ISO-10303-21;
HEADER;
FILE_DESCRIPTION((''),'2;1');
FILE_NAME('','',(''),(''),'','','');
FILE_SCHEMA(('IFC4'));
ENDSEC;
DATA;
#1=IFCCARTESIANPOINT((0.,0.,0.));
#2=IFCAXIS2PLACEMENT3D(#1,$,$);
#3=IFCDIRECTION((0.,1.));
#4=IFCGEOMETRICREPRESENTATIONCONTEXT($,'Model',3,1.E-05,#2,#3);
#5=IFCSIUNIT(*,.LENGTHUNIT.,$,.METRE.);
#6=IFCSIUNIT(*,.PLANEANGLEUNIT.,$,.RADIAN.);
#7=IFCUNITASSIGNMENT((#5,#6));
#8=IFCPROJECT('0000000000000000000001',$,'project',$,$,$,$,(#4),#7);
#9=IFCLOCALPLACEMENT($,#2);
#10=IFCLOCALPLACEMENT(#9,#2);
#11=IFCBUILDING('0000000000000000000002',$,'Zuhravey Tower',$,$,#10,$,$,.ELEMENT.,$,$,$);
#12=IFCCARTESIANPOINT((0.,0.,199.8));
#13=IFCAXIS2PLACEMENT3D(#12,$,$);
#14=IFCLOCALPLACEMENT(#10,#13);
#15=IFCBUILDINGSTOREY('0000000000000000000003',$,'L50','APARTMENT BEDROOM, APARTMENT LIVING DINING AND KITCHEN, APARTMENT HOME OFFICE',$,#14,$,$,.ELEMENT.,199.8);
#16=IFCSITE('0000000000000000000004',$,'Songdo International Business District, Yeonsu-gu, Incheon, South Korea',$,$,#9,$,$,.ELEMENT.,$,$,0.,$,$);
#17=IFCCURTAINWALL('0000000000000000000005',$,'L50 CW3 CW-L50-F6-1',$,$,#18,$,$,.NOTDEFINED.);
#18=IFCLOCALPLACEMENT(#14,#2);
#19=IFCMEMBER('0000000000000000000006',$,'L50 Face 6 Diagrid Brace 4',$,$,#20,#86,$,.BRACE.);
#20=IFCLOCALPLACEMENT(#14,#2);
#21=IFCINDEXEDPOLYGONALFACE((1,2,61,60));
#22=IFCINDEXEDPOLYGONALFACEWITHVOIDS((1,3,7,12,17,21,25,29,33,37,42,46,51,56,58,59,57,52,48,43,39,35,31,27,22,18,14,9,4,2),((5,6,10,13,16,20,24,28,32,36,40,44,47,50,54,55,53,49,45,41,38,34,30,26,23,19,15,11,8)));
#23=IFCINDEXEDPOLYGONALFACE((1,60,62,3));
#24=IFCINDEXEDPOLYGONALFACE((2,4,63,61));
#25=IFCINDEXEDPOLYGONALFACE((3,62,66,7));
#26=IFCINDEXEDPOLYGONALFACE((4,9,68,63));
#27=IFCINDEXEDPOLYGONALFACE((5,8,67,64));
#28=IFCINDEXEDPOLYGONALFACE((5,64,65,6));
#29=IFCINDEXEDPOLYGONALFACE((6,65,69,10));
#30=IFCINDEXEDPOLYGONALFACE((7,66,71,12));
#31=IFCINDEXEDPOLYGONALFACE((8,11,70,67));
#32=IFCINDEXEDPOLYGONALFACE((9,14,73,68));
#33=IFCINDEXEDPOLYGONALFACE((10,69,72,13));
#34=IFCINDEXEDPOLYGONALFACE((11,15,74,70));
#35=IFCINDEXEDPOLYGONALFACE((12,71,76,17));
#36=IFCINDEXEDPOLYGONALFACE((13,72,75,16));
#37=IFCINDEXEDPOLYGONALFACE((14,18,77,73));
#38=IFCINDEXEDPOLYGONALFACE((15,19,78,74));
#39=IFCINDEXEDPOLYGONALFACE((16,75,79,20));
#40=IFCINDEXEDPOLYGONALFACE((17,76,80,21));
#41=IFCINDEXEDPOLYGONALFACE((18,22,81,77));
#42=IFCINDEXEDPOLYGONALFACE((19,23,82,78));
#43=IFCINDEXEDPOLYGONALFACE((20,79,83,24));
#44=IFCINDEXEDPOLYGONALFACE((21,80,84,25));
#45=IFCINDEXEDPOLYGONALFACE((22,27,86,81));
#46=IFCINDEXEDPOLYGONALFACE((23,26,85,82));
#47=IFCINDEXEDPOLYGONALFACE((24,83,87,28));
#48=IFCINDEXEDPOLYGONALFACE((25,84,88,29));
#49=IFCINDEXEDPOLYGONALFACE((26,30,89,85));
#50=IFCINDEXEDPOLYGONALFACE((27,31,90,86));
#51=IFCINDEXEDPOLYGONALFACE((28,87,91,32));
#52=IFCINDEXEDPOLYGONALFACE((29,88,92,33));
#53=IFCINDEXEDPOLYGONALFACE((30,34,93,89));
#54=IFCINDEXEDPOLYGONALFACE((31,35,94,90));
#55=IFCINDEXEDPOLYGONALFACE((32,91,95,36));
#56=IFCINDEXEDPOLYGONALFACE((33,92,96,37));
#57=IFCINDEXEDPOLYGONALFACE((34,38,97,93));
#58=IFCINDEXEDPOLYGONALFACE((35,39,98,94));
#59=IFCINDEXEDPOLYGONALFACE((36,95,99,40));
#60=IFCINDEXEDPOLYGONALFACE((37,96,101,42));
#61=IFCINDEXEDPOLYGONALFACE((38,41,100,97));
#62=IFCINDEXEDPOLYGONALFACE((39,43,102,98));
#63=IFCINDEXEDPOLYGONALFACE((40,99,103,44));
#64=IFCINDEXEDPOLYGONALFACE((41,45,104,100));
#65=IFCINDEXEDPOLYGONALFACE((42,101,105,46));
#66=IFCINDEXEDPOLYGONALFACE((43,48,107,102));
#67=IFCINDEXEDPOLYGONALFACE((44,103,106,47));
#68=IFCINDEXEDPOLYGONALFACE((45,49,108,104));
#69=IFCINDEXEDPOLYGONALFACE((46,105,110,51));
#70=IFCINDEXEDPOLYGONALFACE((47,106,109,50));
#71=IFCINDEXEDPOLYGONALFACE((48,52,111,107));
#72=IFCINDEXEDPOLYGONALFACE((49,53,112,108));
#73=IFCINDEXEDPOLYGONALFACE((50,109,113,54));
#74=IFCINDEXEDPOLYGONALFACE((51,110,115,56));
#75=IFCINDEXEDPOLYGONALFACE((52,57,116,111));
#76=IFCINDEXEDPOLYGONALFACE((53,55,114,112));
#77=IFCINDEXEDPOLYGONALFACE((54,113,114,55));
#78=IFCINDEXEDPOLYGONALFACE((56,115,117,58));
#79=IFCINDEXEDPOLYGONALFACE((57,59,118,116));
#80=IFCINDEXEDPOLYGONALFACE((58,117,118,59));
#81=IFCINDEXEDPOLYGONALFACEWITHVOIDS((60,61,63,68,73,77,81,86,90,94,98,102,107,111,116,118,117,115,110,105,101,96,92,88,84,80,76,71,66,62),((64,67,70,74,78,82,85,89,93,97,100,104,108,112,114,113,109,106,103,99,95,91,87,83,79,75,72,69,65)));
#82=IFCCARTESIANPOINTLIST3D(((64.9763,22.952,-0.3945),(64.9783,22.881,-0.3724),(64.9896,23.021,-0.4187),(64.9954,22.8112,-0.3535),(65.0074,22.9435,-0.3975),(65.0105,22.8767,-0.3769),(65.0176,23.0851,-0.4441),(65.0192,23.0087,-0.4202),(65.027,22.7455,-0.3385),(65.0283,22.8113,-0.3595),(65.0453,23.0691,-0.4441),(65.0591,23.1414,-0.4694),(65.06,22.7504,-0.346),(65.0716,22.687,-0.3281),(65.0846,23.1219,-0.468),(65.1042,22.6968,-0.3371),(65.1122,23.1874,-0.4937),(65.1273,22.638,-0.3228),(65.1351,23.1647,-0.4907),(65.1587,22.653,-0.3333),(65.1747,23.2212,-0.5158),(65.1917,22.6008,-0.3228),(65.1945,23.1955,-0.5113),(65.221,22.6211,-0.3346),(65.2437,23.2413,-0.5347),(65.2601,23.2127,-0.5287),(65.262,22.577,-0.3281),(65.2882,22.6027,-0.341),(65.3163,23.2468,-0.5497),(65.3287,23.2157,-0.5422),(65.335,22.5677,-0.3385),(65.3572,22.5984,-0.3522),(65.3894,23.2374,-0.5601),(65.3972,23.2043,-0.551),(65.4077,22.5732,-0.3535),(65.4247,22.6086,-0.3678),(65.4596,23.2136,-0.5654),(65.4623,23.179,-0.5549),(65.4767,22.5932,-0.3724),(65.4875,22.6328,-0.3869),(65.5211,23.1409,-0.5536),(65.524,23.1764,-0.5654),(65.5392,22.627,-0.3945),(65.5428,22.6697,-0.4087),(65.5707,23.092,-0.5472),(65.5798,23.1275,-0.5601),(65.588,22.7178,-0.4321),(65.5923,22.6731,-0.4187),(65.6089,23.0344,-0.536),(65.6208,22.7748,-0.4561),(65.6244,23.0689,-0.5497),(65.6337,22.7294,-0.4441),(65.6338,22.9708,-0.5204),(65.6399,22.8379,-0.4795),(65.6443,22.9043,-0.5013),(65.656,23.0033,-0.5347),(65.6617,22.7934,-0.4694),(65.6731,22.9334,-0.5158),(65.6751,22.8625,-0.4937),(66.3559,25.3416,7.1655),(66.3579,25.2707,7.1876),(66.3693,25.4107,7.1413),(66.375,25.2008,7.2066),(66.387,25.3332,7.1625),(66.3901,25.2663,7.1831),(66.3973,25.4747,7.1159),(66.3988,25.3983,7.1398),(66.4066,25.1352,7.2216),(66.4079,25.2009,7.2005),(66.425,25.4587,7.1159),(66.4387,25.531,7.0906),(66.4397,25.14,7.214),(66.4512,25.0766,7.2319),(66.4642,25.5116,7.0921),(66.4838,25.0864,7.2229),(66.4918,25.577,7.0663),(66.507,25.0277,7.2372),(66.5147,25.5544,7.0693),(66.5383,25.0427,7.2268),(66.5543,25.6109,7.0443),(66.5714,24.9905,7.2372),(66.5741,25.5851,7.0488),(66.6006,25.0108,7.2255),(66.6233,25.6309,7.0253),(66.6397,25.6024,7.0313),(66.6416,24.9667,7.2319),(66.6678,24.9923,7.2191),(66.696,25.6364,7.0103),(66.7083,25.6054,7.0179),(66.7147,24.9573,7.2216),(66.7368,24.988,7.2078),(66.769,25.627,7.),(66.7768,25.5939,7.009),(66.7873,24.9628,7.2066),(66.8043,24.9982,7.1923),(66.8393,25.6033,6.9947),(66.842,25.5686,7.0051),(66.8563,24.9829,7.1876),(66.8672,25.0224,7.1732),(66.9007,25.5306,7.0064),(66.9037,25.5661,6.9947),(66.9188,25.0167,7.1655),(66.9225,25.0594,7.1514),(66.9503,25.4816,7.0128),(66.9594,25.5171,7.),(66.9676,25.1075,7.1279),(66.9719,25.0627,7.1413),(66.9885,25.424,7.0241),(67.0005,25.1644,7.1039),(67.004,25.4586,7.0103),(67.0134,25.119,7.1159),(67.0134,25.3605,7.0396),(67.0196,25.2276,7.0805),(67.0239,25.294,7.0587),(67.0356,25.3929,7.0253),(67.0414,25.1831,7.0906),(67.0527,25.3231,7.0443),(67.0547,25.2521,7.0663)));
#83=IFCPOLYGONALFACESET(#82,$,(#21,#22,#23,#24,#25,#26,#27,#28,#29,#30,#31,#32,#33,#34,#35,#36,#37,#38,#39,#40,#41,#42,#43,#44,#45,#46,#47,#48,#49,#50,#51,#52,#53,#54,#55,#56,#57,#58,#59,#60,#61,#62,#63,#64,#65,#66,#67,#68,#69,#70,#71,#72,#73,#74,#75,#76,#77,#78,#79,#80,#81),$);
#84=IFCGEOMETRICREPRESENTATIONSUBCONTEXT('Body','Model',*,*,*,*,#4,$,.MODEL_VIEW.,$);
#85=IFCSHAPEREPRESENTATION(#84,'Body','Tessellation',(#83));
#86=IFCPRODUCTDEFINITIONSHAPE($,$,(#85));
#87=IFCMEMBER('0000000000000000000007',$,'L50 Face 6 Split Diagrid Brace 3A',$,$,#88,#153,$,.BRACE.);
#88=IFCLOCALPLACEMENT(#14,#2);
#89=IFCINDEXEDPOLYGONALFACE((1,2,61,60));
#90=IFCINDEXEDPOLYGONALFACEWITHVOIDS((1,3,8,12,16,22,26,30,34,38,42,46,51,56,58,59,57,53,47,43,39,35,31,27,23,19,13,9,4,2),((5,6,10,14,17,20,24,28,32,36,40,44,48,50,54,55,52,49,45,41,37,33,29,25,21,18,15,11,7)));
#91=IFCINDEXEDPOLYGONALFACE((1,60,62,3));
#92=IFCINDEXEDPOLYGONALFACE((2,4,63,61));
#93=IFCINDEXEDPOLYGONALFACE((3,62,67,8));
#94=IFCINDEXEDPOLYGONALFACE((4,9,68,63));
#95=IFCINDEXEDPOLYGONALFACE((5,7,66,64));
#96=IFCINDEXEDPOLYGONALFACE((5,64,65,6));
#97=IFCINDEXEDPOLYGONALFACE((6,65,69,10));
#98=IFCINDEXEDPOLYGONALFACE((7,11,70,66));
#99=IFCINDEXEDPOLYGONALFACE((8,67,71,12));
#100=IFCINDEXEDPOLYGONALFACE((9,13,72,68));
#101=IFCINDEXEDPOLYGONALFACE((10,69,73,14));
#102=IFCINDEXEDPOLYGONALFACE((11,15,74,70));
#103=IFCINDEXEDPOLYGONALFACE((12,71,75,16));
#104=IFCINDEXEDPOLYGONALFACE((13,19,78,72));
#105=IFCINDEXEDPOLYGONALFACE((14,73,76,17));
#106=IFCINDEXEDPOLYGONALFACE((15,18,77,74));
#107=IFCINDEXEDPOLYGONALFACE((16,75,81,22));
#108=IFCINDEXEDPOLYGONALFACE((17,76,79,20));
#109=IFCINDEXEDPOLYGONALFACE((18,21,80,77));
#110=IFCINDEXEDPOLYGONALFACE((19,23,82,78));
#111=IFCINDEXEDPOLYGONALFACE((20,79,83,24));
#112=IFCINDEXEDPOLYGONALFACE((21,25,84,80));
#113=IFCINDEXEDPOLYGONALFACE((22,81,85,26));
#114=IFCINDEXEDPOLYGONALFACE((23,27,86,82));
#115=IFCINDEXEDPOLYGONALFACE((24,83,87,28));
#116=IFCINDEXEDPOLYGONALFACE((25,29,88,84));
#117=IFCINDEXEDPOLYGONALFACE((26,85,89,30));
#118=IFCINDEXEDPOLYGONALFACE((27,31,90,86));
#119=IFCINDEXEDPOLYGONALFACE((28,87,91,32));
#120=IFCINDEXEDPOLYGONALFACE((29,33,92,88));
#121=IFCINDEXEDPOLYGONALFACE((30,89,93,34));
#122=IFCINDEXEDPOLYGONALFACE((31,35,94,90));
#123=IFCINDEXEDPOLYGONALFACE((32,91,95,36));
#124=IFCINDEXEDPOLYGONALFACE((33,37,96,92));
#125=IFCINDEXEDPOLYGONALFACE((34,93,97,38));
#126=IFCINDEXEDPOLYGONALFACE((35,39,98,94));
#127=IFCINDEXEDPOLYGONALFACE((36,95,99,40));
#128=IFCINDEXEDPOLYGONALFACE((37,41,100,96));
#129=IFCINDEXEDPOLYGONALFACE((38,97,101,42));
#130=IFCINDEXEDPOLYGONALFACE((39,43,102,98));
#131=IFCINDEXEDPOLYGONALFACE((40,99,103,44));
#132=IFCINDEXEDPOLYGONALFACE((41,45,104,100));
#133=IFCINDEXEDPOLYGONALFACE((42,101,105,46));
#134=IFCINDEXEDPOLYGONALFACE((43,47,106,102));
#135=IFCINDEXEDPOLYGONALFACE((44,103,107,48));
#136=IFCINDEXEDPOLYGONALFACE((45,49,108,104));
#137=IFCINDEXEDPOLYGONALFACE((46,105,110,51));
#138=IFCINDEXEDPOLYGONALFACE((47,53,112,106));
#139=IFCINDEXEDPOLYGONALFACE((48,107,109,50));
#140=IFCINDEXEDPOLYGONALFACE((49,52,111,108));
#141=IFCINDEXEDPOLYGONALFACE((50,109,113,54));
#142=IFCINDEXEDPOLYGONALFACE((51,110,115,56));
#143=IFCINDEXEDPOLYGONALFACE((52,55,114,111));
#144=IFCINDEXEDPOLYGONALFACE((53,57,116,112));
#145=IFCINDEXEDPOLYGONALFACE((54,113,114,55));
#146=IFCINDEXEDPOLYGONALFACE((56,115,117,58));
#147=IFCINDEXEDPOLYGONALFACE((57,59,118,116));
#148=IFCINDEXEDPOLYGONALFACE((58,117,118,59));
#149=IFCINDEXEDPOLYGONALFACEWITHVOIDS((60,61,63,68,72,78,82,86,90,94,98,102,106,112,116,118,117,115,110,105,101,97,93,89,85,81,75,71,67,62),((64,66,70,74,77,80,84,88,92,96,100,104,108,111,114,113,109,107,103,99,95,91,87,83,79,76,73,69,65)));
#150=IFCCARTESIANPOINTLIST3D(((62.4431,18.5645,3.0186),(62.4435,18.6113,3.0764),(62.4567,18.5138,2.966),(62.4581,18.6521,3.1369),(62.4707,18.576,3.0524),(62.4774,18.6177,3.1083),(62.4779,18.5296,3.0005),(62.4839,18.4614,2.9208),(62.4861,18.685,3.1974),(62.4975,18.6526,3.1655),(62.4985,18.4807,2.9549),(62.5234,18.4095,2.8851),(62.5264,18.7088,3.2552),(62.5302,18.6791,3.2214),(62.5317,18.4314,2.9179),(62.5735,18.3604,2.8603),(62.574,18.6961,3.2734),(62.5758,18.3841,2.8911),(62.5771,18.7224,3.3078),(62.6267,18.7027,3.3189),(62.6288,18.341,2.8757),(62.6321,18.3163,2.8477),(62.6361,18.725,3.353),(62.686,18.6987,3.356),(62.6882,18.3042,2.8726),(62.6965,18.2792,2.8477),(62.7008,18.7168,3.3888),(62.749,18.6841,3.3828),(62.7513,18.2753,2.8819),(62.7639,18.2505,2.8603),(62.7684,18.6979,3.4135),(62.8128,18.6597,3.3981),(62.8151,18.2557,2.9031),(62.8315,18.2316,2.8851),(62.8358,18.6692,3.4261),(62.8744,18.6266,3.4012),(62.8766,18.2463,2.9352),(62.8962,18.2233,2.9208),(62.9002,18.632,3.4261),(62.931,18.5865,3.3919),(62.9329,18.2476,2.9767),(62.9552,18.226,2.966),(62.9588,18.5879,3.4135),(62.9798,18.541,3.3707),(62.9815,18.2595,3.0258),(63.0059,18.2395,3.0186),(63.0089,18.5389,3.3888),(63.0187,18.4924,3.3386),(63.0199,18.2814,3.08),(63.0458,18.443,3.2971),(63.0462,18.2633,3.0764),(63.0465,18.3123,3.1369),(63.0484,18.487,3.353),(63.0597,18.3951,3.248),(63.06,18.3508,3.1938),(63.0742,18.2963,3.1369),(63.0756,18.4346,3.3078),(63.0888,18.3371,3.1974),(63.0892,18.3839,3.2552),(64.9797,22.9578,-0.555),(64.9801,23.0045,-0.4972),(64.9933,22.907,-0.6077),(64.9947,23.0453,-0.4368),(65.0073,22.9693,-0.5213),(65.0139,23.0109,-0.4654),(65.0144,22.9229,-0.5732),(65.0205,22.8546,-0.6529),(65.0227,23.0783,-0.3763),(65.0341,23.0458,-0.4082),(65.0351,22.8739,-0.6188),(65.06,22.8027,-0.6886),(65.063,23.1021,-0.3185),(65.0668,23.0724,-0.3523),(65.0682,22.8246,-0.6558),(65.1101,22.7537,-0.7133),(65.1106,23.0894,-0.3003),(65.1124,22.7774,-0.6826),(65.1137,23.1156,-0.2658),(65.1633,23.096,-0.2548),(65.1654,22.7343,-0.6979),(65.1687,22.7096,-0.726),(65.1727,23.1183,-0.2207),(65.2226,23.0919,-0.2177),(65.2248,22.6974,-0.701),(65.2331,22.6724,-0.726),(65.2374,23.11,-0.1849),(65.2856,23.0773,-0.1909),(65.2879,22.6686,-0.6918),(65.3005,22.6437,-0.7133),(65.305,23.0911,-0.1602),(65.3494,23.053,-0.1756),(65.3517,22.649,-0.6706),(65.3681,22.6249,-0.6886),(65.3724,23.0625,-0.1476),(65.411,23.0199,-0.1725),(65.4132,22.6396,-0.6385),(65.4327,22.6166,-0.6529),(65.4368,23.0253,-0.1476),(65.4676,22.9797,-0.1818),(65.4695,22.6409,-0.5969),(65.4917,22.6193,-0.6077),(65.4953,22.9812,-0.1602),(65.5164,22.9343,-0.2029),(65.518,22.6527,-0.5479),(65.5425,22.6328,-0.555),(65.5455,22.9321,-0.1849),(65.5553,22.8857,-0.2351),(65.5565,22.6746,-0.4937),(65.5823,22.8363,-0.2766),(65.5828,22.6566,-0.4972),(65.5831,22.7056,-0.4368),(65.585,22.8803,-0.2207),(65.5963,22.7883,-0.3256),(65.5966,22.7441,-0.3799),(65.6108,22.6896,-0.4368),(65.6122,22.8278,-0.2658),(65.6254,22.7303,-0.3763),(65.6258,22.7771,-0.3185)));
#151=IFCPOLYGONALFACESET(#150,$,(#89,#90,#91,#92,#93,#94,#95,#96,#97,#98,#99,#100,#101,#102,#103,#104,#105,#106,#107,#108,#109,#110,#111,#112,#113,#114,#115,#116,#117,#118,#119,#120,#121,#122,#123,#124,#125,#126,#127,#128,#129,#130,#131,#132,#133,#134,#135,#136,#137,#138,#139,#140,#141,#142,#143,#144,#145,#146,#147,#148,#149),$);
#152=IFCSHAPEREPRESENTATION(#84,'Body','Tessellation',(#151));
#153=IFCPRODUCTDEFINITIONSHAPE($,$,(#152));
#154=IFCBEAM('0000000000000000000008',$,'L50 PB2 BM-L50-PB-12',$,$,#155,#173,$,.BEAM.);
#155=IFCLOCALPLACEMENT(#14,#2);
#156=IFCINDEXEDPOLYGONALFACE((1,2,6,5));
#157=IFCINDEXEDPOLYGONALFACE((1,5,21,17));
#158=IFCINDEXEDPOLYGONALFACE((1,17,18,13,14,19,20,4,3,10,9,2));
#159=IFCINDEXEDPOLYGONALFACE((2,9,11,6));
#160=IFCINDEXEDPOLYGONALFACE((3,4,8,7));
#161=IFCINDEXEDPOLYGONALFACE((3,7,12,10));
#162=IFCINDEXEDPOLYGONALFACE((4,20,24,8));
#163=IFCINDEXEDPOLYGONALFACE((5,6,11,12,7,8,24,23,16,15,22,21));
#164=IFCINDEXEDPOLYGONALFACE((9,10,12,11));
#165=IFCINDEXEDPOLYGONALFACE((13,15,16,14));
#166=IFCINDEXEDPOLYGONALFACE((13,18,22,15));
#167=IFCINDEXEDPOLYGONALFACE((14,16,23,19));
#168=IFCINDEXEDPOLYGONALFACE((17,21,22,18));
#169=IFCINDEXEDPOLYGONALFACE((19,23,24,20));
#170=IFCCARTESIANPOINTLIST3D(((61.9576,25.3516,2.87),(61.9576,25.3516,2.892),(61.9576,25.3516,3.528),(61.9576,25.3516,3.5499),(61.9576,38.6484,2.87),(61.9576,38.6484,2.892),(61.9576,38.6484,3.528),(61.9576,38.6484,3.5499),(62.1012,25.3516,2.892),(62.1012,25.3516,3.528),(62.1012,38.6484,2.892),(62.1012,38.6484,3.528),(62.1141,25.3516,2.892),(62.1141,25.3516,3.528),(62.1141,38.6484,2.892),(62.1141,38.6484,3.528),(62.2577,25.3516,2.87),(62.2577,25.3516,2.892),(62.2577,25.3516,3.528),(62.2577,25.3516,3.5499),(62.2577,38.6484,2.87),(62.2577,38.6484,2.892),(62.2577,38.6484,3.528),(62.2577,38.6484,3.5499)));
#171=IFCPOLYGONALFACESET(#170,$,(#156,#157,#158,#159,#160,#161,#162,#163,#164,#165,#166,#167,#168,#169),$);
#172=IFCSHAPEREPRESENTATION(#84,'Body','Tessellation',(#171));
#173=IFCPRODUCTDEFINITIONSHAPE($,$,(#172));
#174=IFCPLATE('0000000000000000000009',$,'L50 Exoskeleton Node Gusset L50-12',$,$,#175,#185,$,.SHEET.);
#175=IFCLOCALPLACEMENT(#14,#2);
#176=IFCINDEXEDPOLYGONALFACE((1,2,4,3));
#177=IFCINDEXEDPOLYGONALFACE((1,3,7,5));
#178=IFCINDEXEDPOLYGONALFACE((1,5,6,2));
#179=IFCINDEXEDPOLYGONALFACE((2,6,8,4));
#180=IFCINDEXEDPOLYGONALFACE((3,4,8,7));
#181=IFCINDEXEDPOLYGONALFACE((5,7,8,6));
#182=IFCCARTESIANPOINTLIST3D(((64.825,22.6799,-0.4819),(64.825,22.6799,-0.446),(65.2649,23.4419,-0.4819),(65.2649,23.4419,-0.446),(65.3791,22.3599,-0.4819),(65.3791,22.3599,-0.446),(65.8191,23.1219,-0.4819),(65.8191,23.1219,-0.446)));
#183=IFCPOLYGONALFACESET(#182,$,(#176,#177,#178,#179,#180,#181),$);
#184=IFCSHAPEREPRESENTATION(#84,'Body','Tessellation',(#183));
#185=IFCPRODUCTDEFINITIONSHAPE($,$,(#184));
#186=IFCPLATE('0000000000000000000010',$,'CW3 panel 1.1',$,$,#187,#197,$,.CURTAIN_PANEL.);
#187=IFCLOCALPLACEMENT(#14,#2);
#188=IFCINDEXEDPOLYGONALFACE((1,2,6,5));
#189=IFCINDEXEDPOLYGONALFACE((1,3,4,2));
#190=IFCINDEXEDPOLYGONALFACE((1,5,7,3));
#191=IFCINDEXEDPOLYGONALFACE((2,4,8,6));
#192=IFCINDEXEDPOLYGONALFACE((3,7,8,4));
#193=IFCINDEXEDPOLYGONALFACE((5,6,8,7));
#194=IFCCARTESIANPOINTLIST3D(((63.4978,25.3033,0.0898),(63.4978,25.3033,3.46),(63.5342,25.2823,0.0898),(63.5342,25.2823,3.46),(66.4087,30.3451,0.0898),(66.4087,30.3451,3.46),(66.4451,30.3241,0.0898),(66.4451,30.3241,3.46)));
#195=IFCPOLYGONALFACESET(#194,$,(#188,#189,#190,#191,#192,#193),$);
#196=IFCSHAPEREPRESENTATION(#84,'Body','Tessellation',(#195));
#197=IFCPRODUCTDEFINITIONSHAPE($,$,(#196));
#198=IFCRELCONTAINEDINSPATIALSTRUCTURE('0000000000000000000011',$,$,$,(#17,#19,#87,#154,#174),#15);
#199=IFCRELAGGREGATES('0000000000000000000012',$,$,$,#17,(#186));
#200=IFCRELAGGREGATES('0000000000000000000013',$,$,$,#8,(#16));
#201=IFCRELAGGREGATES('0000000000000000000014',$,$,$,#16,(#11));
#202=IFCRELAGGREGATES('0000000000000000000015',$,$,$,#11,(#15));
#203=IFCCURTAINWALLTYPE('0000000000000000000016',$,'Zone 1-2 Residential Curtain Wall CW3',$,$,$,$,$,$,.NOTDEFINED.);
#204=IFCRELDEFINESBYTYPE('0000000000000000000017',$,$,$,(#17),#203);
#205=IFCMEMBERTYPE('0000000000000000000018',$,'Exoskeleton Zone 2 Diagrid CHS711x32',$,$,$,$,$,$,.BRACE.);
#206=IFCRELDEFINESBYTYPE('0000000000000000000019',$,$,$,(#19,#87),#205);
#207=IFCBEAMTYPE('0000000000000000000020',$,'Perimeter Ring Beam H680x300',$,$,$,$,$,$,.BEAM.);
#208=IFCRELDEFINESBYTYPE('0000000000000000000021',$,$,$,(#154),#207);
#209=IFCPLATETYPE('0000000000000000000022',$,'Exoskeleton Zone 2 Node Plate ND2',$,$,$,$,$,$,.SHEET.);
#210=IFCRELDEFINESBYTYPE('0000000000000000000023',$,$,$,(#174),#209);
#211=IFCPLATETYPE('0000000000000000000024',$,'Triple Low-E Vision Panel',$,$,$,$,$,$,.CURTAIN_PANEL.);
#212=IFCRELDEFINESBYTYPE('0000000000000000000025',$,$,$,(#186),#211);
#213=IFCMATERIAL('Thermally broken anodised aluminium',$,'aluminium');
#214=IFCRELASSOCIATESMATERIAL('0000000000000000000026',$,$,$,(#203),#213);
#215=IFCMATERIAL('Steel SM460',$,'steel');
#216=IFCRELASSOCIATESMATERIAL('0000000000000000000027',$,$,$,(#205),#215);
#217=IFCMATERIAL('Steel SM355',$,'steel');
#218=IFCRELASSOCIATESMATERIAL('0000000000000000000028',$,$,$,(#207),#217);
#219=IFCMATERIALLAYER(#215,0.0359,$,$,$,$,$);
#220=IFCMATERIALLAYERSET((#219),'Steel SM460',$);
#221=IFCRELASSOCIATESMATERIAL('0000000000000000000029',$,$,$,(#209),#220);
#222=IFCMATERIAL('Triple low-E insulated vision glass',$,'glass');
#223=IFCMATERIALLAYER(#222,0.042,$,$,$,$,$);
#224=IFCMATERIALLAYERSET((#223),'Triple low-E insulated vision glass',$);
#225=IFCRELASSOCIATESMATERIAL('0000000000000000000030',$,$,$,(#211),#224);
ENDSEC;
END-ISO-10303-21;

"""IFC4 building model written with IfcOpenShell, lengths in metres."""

from ifc_helpers import new_model, si_unit, direction, frame, origin, origin_2d, place, context, subcontext, project, spatial, rectangle, hollow_circle, i_section, extrude, material, layer, layer_set, material_profile, profile_set, type_object, element, aggregate, save


model = new_model("IFC4")

# Units and contexts
model_context = context("Model", 3, precision=1e-05, world=origin(), true_north=direction((0.0, 1.0)))
body_context = subcontext(model_context, "Body", "Model", "MODEL_VIEW")
ifc_project = project(units=[si_unit("LENGTHUNIT", "METRE"), si_unit("PLANEANGLEUNIT", "RADIAN")], contexts=[model_context])

# Site, building, storey
site_placement = place(None, origin())
site = spatial("IfcSite", under=ifc_project, at=site_placement, Name="Songdo International Business District, Yeonsu-gu, Incheon, South Korea", CompositionType="ELEMENT", RefElevation=0.0)
building_placement = place(site_placement, origin())
building = spatial("IfcBuilding", under=site, at=building_placement, Name="Zuhravey Tower", CompositionType="ELEMENT")
storey_placement = place(building_placement, frame((0.0, 0.0, 199.8)))
storey = spatial("IfcBuildingStorey", under=building, at=storey_placement, Name="L50", Description="APARTMENT BEDROOM, APARTMENT LIVING DINING AND KITCHEN, APARTMENT HOME OFFICE", CompositionType="ELEMENT", Elevation=199.8)

# Curtain wall
ifc_material_1 = material(Name="Thermally broken anodised aluminium", Category="aluminium")
curtain_wall_type = type_object("IfcCurtainWallType", Name="Zone 1-2 Residential Curtain Wall CW3", PredefinedType="NOTDEFINED", material=ifc_material_1)
curtain_wall_placement = place(storey_placement, origin())
curtain_wall = element("IfcCurtainWall", 1, at=curtain_wall_placement, inside=storey, type_object=curtain_wall_type, Name="L50 CW3 CW-L50-F6-1", PredefinedType="NOTDEFINED")

# Members
ifc_material_2 = material(Name="Steel SM460", Category="steel")
ifc_material_profile_1 = material_profile(ifc_material_2, hollow_circle(Radius=0.3557, WallThickness=0.032, at=origin_2d()), Name="CHS-711.2x32")
ifc_profile_set_1 = profile_set([ifc_material_profile_1], Name="Steel SM460")
member_type_1 = type_object("IfcMemberType", Name="Exoskeleton Zone 2 Diagrid CHS711x32", PredefinedType="BRACE", material=ifc_profile_set_1)
member_1_placement = place(storey_placement, frame((65.3257, 22.9072, -0.4441), z_axis=(0.171429, 0.296929, 0.939386), x_axis=(-0.866029, 0.499993, 0.0)))
element("IfcMember", 2, at=member_1_placement, inside=storey, type_object=member_type_1, Name="L50 Face 6 Diagrid Brace 4", PredefinedType="BRACE", context=body_context, shape_type="SweptSolid", body=[
    extrude(hollow_circle(Radius=0.3557, WallThickness=0.032, at=origin_2d()), origin(), (0.0, 0.0, 1.0), 8.0479),
])
member_2_placement = place(storey_placement, frame((65.3027, 22.8674, -0.4368), z_axis=(-0.408775, -0.70798, 0.575905), x_axis=(0.866013, -0.500021, 0.0)))
element("IfcMember", 3, at=member_2_placement, inside=storey, type_object=member_type_1, Name="L50 Face 6 Split Diagrid Brace 3A", PredefinedType="BRACE", context=body_context, shape_type="SweptSolid", body=[
    extrude(hollow_circle(Radius=0.3557, WallThickness=0.032, at=origin_2d()), origin(), (0.0, 0.0, 1.0), 6.2053),
])

# Beam
ifc_material_3 = material(Name="Steel SM355", Category="steel")
ifc_material_profile_2 = material_profile(ifc_material_3, i_section(OverallWidth=0.3, OverallDepth=0.6799, WebThickness=0.0129, FlangeThickness=0.022, at=origin_2d()), Name="H-680x300x13x22")
ifc_profile_set_2 = profile_set([ifc_material_profile_2], Name="Steel SM355")
beam_type = type_object("IfcBeamType", Name="Perimeter Ring Beam H680x300", PredefinedType="BEAM", material=ifc_profile_set_2)
beam_placement = place(storey_placement, frame((62.1077, 25.3516, 3.21), z_axis=(0.0, 1.0, 0.0), x_axis=(-1.0, 0.0, 0.0)))
element("IfcBeam", 4, at=beam_placement, inside=storey, type_object=beam_type, Name="L50 PB2 BM-L50-PB-12", PredefinedType="BEAM", context=body_context, shape_type="SweptSolid", body=[
    extrude(i_section(OverallWidth=0.3, OverallDepth=0.6799, WebThickness=0.0129, FlangeThickness=0.022, at=origin_2d()), origin(), (0.0, 0.0, 1.0), 13.2969),
])

# Plates
ifc_layer_1 = layer(ifc_material_2, 0.0359)
ifc_layer_set_1 = layer_set([ifc_layer_1], Name="Steel SM460")
plate_type_1 = type_object("IfcPlateType", Name="Exoskeleton Zone 2 Node Plate ND2", PredefinedType="SHEET", material=ifc_layer_set_1)
plate_1_placement = place(storey_placement, frame((65.322, 22.9009, -0.4819), z_axis=(0.0, 0.0, 1.0), x_axis=(0.5, 0.866025, 0.0)))
element("IfcPlate", 5, at=plate_1_placement, inside=storey, type_object=plate_type_1, Name="L50 Exoskeleton Node Gusset L50-12", PredefinedType="SHEET", context=body_context, shape_type="SweptSolid", body=[
    extrude(rectangle(XDim=0.8799, YDim=0.6399, at=origin_2d()), origin(), (0.0, 0.0, 1.0), 0.0359),
])
ifc_material_4 = material(Name="Triple low-E insulated vision glass", Category="glass")
ifc_layer_2 = layer(ifc_material_4, 0.042)
ifc_layer_set_2 = layer_set([ifc_layer_2], Name="Triple low-E insulated vision glass")
plate_type_2 = type_object("IfcPlateType", Name="Triple Low-E Vision Panel", PredefinedType="CURTAIN_PANEL", material=ifc_layer_set_2)
plate_2_placement = place(storey_placement, frame((64.9714, 27.8137, 0.0898), z_axis=(0.0, 0.0, 1.0), x_axis=(-0.5, -0.866025, 0.0)))
plate_2 = element("IfcPlate", 6, at=plate_2_placement, type_object=plate_type_2, Name="CW3 panel 1.1", PredefinedType="CURTAIN_PANEL", context=body_context, shape_type="SweptSolid", body=[
    extrude(rectangle(XDim=5.8218, YDim=0.042, at=origin_2d()), origin(), (0.0, 0.0, 1.0), 3.3701),
])
aggregate(curtain_wall, [plate_2])

save(model, "model.ifc")
